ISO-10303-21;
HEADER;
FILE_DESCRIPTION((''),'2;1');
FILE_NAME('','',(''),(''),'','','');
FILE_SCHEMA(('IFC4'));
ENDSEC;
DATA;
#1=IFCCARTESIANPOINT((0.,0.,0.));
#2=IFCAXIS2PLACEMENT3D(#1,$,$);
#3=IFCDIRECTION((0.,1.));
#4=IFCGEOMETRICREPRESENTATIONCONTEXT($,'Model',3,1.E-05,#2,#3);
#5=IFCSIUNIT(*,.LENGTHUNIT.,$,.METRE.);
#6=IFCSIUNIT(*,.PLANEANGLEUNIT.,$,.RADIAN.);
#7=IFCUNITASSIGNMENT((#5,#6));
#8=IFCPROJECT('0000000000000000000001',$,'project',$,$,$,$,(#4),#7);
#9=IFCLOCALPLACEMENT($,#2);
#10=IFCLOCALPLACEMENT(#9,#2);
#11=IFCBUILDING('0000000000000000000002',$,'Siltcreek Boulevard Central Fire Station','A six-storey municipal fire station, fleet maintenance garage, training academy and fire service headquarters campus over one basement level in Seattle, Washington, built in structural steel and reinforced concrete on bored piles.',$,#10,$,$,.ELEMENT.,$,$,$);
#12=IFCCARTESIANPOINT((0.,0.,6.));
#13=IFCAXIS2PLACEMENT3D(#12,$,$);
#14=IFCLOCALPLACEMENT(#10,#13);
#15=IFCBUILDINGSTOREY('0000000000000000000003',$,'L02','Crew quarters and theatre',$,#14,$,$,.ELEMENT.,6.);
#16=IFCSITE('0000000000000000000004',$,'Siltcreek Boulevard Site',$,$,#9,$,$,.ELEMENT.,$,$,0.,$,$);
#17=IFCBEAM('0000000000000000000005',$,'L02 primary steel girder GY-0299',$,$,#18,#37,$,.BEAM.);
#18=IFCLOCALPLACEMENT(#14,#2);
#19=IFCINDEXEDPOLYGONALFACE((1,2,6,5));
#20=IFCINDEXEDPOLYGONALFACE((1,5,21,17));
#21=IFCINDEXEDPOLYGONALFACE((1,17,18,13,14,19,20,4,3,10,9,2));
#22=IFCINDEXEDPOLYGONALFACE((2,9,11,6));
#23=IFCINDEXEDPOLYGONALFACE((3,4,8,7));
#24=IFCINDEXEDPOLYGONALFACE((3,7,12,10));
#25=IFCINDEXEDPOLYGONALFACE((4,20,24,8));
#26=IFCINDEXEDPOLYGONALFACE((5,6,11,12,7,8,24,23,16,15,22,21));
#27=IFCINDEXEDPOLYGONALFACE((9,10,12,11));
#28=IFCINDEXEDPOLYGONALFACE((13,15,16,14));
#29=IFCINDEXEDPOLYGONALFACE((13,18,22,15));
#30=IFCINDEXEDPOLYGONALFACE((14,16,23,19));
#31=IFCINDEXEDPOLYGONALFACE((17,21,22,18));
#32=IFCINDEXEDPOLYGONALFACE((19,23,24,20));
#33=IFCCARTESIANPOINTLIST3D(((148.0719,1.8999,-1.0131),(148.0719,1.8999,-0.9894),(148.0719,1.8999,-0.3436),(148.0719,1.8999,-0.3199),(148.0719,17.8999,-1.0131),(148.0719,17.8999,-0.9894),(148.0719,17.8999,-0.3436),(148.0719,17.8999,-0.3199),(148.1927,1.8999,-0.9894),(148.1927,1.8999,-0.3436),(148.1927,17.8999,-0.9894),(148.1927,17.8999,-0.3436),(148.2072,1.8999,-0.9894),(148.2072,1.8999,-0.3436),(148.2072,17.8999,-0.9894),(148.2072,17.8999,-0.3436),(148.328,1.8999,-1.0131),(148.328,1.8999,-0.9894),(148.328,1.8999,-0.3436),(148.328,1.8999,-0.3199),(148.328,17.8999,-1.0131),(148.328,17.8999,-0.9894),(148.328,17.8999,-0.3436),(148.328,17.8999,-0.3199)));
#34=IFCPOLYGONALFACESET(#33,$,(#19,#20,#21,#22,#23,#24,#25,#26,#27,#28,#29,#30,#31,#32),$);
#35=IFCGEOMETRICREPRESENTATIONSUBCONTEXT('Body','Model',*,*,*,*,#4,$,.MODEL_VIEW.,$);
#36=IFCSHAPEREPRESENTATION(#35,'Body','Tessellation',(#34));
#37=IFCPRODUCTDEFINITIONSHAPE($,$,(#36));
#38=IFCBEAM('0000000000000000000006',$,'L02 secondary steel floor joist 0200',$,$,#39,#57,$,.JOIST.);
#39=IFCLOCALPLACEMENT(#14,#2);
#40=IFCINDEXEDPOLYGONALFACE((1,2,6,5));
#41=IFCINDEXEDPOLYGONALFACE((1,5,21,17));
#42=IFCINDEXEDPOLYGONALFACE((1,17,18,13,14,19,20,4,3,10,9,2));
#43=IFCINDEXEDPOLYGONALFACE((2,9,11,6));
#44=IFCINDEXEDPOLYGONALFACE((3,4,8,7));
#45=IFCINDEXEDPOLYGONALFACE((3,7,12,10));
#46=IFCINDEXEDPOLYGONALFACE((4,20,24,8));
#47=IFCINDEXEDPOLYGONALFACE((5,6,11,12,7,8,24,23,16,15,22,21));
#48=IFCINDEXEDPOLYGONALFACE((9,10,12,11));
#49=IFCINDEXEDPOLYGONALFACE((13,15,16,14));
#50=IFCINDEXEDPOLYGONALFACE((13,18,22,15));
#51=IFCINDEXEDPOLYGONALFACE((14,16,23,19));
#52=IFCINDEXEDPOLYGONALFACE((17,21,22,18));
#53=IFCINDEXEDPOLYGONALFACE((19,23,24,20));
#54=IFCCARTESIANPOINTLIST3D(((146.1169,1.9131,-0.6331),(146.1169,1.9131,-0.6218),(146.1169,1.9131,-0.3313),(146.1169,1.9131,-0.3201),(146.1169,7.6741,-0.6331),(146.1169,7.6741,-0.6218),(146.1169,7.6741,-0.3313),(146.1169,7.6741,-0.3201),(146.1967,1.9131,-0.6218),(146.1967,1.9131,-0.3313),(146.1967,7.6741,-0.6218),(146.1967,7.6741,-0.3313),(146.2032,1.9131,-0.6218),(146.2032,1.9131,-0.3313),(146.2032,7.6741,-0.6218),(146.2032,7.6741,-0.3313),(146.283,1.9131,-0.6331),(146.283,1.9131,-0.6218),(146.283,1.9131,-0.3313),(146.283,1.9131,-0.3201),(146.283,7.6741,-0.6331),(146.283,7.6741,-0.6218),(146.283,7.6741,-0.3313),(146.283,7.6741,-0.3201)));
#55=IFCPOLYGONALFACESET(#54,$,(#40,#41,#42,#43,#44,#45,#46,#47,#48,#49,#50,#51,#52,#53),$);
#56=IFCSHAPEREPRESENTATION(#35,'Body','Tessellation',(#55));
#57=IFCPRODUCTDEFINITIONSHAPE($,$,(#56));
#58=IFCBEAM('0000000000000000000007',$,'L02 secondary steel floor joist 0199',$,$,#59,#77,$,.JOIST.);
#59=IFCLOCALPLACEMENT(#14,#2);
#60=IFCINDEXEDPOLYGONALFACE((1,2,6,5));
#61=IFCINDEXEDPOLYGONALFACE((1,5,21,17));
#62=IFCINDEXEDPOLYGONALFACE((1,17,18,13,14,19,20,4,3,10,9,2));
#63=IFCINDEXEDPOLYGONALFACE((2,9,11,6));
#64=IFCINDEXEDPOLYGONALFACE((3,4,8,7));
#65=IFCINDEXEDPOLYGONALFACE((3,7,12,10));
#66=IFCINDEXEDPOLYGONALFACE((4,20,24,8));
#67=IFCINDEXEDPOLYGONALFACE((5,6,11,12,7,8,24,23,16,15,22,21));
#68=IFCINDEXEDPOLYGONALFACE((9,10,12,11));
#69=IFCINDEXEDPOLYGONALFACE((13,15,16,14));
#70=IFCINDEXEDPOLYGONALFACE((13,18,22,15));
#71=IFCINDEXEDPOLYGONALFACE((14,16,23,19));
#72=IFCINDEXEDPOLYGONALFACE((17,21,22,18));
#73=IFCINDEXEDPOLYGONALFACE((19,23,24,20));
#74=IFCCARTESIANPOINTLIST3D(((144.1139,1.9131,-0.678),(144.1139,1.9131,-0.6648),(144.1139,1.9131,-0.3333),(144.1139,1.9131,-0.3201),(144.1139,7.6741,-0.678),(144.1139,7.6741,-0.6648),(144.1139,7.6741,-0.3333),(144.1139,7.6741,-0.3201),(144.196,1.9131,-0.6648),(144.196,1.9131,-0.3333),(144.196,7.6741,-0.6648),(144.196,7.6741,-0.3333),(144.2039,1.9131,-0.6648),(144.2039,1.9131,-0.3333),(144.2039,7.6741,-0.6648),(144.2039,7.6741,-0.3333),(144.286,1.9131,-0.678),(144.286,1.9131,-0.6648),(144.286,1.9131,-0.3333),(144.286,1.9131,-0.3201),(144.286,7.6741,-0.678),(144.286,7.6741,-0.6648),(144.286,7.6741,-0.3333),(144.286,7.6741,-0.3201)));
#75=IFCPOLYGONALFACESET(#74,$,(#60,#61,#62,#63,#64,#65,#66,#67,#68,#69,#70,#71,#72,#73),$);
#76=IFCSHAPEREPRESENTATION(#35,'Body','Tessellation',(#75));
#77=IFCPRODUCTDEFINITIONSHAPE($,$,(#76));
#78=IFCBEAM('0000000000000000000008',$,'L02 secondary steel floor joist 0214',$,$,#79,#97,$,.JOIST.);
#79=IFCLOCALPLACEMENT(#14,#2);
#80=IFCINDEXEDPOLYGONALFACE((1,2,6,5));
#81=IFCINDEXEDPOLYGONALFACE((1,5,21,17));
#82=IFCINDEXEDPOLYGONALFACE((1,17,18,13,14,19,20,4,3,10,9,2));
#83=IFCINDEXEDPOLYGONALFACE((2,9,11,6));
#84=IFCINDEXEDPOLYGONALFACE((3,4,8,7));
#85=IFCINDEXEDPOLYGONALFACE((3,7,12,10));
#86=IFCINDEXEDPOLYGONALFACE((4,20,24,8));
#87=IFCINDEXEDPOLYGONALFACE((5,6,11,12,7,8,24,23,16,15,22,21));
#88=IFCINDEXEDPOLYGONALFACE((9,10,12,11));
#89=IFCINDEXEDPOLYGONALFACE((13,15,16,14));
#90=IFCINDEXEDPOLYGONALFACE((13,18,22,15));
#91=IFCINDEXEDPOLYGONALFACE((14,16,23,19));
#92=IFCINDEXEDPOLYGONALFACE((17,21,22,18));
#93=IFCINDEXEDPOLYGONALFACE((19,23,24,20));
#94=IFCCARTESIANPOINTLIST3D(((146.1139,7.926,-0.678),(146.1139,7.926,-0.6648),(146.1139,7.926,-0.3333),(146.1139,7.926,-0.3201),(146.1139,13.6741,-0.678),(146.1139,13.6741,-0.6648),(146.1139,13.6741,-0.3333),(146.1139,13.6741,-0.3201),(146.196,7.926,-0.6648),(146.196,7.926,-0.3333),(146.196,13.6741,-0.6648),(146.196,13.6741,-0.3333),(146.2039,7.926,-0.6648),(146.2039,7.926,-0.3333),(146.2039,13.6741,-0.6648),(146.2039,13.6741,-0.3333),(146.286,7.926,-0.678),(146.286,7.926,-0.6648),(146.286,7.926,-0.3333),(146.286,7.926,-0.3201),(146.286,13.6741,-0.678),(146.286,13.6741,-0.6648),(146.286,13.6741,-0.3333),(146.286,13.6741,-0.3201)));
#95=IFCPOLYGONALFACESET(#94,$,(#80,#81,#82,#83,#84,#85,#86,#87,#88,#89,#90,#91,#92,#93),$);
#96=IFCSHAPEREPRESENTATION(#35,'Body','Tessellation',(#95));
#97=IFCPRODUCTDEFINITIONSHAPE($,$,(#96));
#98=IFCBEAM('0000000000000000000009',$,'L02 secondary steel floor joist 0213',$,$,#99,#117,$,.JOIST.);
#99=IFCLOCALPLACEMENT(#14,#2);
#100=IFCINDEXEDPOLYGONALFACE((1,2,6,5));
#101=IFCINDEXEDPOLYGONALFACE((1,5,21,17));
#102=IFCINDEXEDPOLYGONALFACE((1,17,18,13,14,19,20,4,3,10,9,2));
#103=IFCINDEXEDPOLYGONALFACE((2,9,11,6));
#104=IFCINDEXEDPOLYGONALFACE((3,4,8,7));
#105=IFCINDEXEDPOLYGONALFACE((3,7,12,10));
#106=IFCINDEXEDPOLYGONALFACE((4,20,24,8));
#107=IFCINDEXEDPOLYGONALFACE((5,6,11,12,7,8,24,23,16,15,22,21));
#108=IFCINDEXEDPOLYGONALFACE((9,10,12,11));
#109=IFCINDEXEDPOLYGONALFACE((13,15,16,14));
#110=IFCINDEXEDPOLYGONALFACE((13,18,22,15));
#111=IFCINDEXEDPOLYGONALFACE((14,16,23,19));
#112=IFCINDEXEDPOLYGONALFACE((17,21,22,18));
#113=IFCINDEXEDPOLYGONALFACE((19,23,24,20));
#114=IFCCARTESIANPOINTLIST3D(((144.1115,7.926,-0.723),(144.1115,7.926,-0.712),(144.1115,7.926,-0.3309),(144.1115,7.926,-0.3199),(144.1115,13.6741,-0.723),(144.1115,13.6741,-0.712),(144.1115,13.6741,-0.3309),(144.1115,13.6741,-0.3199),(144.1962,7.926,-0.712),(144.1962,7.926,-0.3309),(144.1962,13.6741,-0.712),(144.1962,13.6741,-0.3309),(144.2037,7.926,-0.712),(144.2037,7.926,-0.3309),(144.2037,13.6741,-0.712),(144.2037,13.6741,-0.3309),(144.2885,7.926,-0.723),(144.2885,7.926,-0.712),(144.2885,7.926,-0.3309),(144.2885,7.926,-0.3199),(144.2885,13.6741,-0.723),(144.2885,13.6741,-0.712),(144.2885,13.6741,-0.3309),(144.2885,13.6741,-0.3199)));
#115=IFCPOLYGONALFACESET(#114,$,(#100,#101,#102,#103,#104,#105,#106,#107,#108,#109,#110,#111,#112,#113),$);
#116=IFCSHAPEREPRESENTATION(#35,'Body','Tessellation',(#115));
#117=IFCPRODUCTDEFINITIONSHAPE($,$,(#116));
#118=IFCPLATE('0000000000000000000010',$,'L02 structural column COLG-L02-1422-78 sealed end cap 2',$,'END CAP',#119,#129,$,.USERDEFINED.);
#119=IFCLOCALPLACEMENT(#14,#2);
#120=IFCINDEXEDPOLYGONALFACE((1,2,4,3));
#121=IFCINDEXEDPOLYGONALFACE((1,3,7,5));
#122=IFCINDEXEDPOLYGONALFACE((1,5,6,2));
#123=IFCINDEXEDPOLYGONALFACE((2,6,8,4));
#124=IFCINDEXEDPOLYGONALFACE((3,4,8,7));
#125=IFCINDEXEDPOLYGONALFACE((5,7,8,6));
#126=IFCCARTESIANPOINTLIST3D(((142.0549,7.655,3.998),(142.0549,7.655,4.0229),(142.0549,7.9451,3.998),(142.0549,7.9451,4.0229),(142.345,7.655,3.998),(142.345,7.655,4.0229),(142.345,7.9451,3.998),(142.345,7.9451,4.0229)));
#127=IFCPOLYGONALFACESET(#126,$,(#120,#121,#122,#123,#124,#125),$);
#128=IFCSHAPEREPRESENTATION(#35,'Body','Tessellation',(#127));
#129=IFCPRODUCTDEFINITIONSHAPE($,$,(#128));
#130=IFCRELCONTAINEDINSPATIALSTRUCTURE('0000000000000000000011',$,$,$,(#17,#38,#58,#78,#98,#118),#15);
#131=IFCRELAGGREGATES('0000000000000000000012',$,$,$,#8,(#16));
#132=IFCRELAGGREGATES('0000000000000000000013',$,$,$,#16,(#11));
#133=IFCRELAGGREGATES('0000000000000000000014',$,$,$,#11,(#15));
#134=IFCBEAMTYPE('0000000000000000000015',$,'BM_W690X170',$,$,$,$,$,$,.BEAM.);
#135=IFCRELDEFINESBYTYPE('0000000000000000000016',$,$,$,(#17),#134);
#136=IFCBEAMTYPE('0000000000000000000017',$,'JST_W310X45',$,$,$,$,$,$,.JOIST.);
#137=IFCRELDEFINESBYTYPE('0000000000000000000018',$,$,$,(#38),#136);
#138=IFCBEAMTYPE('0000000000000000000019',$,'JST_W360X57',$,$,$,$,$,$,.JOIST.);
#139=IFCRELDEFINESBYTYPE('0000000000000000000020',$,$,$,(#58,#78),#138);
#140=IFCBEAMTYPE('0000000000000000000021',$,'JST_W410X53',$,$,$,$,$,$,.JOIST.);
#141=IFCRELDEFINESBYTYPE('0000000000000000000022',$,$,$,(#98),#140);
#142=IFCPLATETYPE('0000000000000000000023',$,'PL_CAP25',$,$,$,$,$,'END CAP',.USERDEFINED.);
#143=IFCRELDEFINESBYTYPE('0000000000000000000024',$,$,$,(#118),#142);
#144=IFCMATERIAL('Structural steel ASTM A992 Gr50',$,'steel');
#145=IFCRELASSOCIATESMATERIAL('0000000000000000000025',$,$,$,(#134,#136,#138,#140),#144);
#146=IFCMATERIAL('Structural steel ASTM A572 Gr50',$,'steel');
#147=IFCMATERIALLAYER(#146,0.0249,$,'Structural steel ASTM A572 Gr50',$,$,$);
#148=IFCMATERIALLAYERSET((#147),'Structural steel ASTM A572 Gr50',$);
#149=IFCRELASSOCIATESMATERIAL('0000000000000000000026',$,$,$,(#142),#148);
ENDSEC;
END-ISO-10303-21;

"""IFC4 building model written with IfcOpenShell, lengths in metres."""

from ifc_helpers import new_model, si_unit, direction, frame, origin, origin_2d, place, context, subcontext, project, spatial, rectangle, i_section, extrude, material, layer, layer_set, material_profile, profile_set, type_object, element, save


model = new_model("IFC4")

# Units and contexts
model_context = context("Model", 3, precision=1e-05, world=origin(), true_north=direction((0.0, 1.0)))
body_context = subcontext(model_context, "Body", "Model", "MODEL_VIEW")
ifc_project = project(units=[si_unit("LENGTHUNIT", "METRE"), si_unit("PLANEANGLEUNIT", "RADIAN")], contexts=[model_context])

# Site, building, storey
site_placement = place(None, origin())
site = spatial("IfcSite", under=ifc_project, at=site_placement, Name="Siltcreek Boulevard Site", CompositionType="ELEMENT", RefElevation=0.0)
building_placement = place(site_placement, origin())
building = spatial("IfcBuilding", under=site, at=building_placement, Name="Siltcreek Boulevard Central Fire Station", Description="A six-storey municipal fire station, fleet maintenance garage, training academy and fire service headquarters campus over one basement level in Seattle, Washington, built in structural steel and reinforced concrete on bored piles.", CompositionType="ELEMENT")
storey_placement = place(building_placement, frame((0.0, 0.0, 6.0)))
storey = spatial("IfcBuildingStorey", under=building, at=storey_placement, Name="L02", Description="Crew quarters and theatre", CompositionType="ELEMENT", Elevation=6.0)

# Shared definitions
ifc_material_1 = material(Name="Structural steel ASTM A992 Gr50", Category="steel")

# Beams
ifc_material_profile_1 = material_profile(ifc_material_1, i_section(OverallWidth=0.2561, OverallDepth=0.6931, WebThickness=0.0144, FlangeThickness=0.0237, at=origin_2d()), Name="W690X170")
ifc_profile_set_1 = profile_set([ifc_material_profile_1], Name="Structural steel ASTM A992 Gr50")
beam_type_1 = type_object("IfcBeamType", Name="BM_W690X170", PredefinedType="BEAM", material=ifc_profile_set_1)
beam_1_placement = place(storey_placement, frame((148.2, 1.8999, -0.6665), z_axis=(0.0, 1.0, 0.0), x_axis=(-1.0, 0.0, 0.0)))
element("IfcBeam", 1, at=beam_1_placement, inside=storey, type_object=beam_type_1, Name="L02 primary steel girder GY-0299", PredefinedType="BEAM", context=body_context, shape_type="SweptSolid", body=[
    extrude(i_section(OverallWidth=0.2561, OverallDepth=0.6931, WebThickness=0.0144, FlangeThickness=0.0237, at=origin_2d()), origin(), (0.0, 0.0, 1.0), 16.0),
])
ifc_material_profile_2 = material_profile(ifc_material_1, i_section(OverallWidth=0.166, OverallDepth=0.313, WebThickness=0.0066, FlangeThickness=0.0112, at=origin_2d()), Name="W310X45")
ifc_profile_set_2 = profile_set([ifc_material_profile_2], Name="Structural steel ASTM A992 Gr50")
beam_type_2 = type_object("IfcBeamType", Name="JST_W310X45", PredefinedType="JOIST", material=ifc_profile_set_2)
beam_2_placement = place(storey_placement, frame((146.2, 1.9131, -0.4766), z_axis=(0.0, 1.0, 0.0), x_axis=(-1.0, 0.0, 0.0)))
element("IfcBeam", 2, at=beam_2_placement, inside=storey, type_object=beam_type_2, Name="L02 secondary steel floor joist 0200", PredefinedType="JOIST", context=body_context, shape_type="SweptSolid", body=[
    extrude(i_section(OverallWidth=0.166, OverallDepth=0.313, WebThickness=0.0066, FlangeThickness=0.0112, at=origin_2d()), origin(), (0.0, 0.0, 1.0), 5.761),
])
ifc_material_profile_3 = material_profile(ifc_material_1, i_section(OverallWidth=0.1721, OverallDepth=0.3579, WebThickness=0.0078, FlangeThickness=0.0132, at=origin_2d()), Name="W360X57")
ifc_profile_set_3 = profile_set([ifc_material_profile_3], Name="Structural steel ASTM A992 Gr50")
beam_type_3 = type_object("IfcBeamType", Name="JST_W360X57", PredefinedType="JOIST", material=ifc_profile_set_3)
beam_3_placement = place(storey_placement, frame((144.2, 1.9131, -0.499), z_axis=(0.0, 1.0, 0.0), x_axis=(-1.0, 0.0, 0.0)))
element("IfcBeam", 3, at=beam_3_placement, inside=storey, type_object=beam_type_3, Name="L02 secondary steel floor joist 0199", PredefinedType="JOIST", context=body_context, shape_type="SweptSolid", body=[
    extrude(i_section(OverallWidth=0.1721, OverallDepth=0.3579, WebThickness=0.0078, FlangeThickness=0.0132, at=origin_2d()), origin(), (0.0, 0.0, 1.0), 5.761),
])
beam_4_placement = place(storey_placement, frame((146.2, 7.926, -0.499), z_axis=(0.0, 1.0, 0.0), x_axis=(-1.0, 0.0, 0.0)))
element("IfcBeam", 4, at=beam_4_placement, inside=storey, type_object=beam_type_3, Name="L02 secondary steel floor joist 0214", PredefinedType="JOIST", context=body_context, shape_type="SweptSolid", body=[
    extrude(i_section(OverallWidth=0.1721, OverallDepth=0.3579, WebThickness=0.0078, FlangeThickness=0.0132, at=origin_2d()), origin(), (0.0, 0.0, 1.0), 5.748),
])
ifc_material_profile_4 = material_profile(ifc_material_1, i_section(OverallWidth=0.177, OverallDepth=0.4031, WebThickness=0.0076, FlangeThickness=0.011, at=origin_2d()), Name="W410X53")
ifc_profile_set_4 = profile_set([ifc_material_profile_4], Name="Structural steel ASTM A992 Gr50")
beam_type_4 = type_object("IfcBeamType", Name="JST_W410X53", PredefinedType="JOIST", material=ifc_profile_set_4)
beam_5_placement = place(storey_placement, frame((144.2, 7.926, -0.5215), z_axis=(0.0, 1.0, 0.0), x_axis=(-1.0, 0.0, 0.0)))
element("IfcBeam", 5, at=beam_5_placement, inside=storey, type_object=beam_type_4, Name="L02 secondary steel floor joist 0213", PredefinedType="JOIST", context=body_context, shape_type="SweptSolid", body=[
    extrude(i_section(OverallWidth=0.177, OverallDepth=0.4031, WebThickness=0.0076, FlangeThickness=0.011, at=origin_2d()), origin(), (0.0, 0.0, 1.0), 5.748),
])

# Plate
ifc_material_2 = material(Name="Structural steel ASTM A572 Gr50", Category="steel")
ifc_layer_1 = layer(ifc_material_2, 0.0249, Name="Structural steel ASTM A572 Gr50")
ifc_layer_set_1 = layer_set([ifc_layer_1], Name="Structural steel ASTM A572 Gr50")
plate_type = type_object("IfcPlateType", Name="PL_CAP25", ElementType="END CAP", PredefinedType="USERDEFINED", material=ifc_layer_set_1)
plate_placement = place(storey_placement, frame((142.2, 7.8, 3.998), z_axis=(0.0, 0.0, 1.0), x_axis=(1.0, 0.0, 0.0)))
element("IfcPlate", 6, at=plate_placement, inside=storey, type_object=plate_type, Name="L02 structural column COLG-L02-1422-78 sealed end cap 2", ObjectType="END CAP", PredefinedType="USERDEFINED", context=body_context, shape_type="SweptSolid", body=[
    extrude(rectangle(XDim=0.29, YDim=0.29, at=origin_2d()), origin(), (0.0, 0.0, 1.0), 0.0249),
])

save(model, "model.ifc")
